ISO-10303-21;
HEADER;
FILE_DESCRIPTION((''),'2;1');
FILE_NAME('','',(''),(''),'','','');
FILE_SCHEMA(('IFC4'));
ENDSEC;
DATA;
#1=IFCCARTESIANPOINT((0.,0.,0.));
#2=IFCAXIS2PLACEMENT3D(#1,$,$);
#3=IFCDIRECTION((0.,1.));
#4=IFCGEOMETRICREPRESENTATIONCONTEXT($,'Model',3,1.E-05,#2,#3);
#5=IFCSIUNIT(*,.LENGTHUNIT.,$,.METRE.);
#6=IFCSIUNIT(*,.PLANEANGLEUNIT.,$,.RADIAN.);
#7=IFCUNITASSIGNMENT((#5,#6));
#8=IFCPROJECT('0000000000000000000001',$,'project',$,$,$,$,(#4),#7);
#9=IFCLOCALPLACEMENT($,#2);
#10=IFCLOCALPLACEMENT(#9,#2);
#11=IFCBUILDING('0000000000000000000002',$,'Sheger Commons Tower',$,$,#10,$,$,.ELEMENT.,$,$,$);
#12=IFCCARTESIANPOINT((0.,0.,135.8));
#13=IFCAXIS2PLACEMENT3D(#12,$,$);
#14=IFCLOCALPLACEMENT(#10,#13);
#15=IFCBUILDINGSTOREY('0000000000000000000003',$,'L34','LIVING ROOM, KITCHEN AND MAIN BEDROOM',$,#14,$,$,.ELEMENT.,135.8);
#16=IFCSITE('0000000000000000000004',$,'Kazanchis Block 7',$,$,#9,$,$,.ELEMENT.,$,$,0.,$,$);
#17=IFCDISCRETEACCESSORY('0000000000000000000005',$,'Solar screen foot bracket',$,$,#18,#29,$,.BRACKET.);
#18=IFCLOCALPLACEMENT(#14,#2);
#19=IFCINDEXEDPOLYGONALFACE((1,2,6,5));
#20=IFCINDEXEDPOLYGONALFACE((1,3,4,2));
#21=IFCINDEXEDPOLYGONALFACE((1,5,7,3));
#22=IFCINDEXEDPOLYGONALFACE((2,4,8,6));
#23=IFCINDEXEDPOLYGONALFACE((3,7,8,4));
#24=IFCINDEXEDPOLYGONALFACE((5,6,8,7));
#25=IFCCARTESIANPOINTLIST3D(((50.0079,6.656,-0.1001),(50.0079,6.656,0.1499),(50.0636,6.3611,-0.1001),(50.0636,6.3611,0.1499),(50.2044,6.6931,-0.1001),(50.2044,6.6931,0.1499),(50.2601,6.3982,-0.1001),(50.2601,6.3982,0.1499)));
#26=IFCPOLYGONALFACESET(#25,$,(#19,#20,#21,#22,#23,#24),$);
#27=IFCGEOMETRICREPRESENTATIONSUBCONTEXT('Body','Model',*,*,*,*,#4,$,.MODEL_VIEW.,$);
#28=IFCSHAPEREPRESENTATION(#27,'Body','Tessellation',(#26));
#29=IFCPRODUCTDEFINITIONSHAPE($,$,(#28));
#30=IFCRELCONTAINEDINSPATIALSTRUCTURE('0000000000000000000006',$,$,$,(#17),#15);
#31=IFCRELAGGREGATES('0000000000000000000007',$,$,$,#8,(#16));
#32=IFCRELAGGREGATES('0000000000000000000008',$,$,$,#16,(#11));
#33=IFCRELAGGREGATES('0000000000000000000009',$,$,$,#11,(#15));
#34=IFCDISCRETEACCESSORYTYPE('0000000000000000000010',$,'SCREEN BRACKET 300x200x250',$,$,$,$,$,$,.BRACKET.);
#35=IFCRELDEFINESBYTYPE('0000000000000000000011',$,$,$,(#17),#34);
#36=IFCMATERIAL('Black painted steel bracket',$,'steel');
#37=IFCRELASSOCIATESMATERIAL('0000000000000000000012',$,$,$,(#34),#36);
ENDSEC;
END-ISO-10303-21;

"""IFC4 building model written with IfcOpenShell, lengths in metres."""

from ifc_helpers import new_model, si_unit, direction, frame, origin, origin_2d, place, context, subcontext, project, spatial, rectangle, extrude, material, type_object, element, save


model = new_model("IFC4")

# Units and contexts
model_context = context("Model", 3, precision=1e-05, world=origin(), true_north=direction((0.0, 1.0)))
body_context = subcontext(model_context, "Body", "Model", "MODEL_VIEW")
ifc_project = project(units=[si_unit("LENGTHUNIT", "METRE"), si_unit("PLANEANGLEUNIT", "RADIAN")], contexts=[model_context])

# Site, building, storey
site_placement = place(None, origin())
site = spatial("IfcSite", under=ifc_project, at=site_placement, Name="Kazanchis Block 7", CompositionType="ELEMENT", RefElevation=0.0)
building_placement = place(site_placement, origin())
building = spatial("IfcBuilding", under=site, at=building_placement, Name="Sheger Commons Tower", CompositionType="ELEMENT")
storey_placement = place(building_placement, frame((0.0, 0.0, 135.8)))
storey = spatial("IfcBuildingStorey", under=building, at=storey_placement, Name="L34", Description="LIVING ROOM, KITCHEN AND MAIN BEDROOM", CompositionType="ELEMENT", Elevation=135.8)

# Discrete accessory
ifc_material_1 = material(Name="Black painted steel bracket", Category="steel")
discrete_accessory_type = type_object("IfcDiscreteAccessoryType", Name="SCREEN BRACKET 300x200x250", PredefinedType="BRACKET", material=ifc_material_1)
discrete_accessory_placement = place(storey_placement, frame((50.134, 6.5271, -0.1001), z_axis=(0.0, 0.0, 1.0), x_axis=(-0.185615, 0.982623, 0.0)))
element("IfcDiscreteAccessory", 1, at=discrete_accessory_placement, inside=storey, type_object=discrete_accessory_type, Name="Solar screen foot bracket", PredefinedType="BRACKET", context=body_context, shape_type="SweptSolid", body=[
    extrude(rectangle(XDim=0.3, YDim=0.2, at=origin_2d()), origin(), (0.0, 0.0, 1.0), 0.25),
])

save(model, "model.ifc")
